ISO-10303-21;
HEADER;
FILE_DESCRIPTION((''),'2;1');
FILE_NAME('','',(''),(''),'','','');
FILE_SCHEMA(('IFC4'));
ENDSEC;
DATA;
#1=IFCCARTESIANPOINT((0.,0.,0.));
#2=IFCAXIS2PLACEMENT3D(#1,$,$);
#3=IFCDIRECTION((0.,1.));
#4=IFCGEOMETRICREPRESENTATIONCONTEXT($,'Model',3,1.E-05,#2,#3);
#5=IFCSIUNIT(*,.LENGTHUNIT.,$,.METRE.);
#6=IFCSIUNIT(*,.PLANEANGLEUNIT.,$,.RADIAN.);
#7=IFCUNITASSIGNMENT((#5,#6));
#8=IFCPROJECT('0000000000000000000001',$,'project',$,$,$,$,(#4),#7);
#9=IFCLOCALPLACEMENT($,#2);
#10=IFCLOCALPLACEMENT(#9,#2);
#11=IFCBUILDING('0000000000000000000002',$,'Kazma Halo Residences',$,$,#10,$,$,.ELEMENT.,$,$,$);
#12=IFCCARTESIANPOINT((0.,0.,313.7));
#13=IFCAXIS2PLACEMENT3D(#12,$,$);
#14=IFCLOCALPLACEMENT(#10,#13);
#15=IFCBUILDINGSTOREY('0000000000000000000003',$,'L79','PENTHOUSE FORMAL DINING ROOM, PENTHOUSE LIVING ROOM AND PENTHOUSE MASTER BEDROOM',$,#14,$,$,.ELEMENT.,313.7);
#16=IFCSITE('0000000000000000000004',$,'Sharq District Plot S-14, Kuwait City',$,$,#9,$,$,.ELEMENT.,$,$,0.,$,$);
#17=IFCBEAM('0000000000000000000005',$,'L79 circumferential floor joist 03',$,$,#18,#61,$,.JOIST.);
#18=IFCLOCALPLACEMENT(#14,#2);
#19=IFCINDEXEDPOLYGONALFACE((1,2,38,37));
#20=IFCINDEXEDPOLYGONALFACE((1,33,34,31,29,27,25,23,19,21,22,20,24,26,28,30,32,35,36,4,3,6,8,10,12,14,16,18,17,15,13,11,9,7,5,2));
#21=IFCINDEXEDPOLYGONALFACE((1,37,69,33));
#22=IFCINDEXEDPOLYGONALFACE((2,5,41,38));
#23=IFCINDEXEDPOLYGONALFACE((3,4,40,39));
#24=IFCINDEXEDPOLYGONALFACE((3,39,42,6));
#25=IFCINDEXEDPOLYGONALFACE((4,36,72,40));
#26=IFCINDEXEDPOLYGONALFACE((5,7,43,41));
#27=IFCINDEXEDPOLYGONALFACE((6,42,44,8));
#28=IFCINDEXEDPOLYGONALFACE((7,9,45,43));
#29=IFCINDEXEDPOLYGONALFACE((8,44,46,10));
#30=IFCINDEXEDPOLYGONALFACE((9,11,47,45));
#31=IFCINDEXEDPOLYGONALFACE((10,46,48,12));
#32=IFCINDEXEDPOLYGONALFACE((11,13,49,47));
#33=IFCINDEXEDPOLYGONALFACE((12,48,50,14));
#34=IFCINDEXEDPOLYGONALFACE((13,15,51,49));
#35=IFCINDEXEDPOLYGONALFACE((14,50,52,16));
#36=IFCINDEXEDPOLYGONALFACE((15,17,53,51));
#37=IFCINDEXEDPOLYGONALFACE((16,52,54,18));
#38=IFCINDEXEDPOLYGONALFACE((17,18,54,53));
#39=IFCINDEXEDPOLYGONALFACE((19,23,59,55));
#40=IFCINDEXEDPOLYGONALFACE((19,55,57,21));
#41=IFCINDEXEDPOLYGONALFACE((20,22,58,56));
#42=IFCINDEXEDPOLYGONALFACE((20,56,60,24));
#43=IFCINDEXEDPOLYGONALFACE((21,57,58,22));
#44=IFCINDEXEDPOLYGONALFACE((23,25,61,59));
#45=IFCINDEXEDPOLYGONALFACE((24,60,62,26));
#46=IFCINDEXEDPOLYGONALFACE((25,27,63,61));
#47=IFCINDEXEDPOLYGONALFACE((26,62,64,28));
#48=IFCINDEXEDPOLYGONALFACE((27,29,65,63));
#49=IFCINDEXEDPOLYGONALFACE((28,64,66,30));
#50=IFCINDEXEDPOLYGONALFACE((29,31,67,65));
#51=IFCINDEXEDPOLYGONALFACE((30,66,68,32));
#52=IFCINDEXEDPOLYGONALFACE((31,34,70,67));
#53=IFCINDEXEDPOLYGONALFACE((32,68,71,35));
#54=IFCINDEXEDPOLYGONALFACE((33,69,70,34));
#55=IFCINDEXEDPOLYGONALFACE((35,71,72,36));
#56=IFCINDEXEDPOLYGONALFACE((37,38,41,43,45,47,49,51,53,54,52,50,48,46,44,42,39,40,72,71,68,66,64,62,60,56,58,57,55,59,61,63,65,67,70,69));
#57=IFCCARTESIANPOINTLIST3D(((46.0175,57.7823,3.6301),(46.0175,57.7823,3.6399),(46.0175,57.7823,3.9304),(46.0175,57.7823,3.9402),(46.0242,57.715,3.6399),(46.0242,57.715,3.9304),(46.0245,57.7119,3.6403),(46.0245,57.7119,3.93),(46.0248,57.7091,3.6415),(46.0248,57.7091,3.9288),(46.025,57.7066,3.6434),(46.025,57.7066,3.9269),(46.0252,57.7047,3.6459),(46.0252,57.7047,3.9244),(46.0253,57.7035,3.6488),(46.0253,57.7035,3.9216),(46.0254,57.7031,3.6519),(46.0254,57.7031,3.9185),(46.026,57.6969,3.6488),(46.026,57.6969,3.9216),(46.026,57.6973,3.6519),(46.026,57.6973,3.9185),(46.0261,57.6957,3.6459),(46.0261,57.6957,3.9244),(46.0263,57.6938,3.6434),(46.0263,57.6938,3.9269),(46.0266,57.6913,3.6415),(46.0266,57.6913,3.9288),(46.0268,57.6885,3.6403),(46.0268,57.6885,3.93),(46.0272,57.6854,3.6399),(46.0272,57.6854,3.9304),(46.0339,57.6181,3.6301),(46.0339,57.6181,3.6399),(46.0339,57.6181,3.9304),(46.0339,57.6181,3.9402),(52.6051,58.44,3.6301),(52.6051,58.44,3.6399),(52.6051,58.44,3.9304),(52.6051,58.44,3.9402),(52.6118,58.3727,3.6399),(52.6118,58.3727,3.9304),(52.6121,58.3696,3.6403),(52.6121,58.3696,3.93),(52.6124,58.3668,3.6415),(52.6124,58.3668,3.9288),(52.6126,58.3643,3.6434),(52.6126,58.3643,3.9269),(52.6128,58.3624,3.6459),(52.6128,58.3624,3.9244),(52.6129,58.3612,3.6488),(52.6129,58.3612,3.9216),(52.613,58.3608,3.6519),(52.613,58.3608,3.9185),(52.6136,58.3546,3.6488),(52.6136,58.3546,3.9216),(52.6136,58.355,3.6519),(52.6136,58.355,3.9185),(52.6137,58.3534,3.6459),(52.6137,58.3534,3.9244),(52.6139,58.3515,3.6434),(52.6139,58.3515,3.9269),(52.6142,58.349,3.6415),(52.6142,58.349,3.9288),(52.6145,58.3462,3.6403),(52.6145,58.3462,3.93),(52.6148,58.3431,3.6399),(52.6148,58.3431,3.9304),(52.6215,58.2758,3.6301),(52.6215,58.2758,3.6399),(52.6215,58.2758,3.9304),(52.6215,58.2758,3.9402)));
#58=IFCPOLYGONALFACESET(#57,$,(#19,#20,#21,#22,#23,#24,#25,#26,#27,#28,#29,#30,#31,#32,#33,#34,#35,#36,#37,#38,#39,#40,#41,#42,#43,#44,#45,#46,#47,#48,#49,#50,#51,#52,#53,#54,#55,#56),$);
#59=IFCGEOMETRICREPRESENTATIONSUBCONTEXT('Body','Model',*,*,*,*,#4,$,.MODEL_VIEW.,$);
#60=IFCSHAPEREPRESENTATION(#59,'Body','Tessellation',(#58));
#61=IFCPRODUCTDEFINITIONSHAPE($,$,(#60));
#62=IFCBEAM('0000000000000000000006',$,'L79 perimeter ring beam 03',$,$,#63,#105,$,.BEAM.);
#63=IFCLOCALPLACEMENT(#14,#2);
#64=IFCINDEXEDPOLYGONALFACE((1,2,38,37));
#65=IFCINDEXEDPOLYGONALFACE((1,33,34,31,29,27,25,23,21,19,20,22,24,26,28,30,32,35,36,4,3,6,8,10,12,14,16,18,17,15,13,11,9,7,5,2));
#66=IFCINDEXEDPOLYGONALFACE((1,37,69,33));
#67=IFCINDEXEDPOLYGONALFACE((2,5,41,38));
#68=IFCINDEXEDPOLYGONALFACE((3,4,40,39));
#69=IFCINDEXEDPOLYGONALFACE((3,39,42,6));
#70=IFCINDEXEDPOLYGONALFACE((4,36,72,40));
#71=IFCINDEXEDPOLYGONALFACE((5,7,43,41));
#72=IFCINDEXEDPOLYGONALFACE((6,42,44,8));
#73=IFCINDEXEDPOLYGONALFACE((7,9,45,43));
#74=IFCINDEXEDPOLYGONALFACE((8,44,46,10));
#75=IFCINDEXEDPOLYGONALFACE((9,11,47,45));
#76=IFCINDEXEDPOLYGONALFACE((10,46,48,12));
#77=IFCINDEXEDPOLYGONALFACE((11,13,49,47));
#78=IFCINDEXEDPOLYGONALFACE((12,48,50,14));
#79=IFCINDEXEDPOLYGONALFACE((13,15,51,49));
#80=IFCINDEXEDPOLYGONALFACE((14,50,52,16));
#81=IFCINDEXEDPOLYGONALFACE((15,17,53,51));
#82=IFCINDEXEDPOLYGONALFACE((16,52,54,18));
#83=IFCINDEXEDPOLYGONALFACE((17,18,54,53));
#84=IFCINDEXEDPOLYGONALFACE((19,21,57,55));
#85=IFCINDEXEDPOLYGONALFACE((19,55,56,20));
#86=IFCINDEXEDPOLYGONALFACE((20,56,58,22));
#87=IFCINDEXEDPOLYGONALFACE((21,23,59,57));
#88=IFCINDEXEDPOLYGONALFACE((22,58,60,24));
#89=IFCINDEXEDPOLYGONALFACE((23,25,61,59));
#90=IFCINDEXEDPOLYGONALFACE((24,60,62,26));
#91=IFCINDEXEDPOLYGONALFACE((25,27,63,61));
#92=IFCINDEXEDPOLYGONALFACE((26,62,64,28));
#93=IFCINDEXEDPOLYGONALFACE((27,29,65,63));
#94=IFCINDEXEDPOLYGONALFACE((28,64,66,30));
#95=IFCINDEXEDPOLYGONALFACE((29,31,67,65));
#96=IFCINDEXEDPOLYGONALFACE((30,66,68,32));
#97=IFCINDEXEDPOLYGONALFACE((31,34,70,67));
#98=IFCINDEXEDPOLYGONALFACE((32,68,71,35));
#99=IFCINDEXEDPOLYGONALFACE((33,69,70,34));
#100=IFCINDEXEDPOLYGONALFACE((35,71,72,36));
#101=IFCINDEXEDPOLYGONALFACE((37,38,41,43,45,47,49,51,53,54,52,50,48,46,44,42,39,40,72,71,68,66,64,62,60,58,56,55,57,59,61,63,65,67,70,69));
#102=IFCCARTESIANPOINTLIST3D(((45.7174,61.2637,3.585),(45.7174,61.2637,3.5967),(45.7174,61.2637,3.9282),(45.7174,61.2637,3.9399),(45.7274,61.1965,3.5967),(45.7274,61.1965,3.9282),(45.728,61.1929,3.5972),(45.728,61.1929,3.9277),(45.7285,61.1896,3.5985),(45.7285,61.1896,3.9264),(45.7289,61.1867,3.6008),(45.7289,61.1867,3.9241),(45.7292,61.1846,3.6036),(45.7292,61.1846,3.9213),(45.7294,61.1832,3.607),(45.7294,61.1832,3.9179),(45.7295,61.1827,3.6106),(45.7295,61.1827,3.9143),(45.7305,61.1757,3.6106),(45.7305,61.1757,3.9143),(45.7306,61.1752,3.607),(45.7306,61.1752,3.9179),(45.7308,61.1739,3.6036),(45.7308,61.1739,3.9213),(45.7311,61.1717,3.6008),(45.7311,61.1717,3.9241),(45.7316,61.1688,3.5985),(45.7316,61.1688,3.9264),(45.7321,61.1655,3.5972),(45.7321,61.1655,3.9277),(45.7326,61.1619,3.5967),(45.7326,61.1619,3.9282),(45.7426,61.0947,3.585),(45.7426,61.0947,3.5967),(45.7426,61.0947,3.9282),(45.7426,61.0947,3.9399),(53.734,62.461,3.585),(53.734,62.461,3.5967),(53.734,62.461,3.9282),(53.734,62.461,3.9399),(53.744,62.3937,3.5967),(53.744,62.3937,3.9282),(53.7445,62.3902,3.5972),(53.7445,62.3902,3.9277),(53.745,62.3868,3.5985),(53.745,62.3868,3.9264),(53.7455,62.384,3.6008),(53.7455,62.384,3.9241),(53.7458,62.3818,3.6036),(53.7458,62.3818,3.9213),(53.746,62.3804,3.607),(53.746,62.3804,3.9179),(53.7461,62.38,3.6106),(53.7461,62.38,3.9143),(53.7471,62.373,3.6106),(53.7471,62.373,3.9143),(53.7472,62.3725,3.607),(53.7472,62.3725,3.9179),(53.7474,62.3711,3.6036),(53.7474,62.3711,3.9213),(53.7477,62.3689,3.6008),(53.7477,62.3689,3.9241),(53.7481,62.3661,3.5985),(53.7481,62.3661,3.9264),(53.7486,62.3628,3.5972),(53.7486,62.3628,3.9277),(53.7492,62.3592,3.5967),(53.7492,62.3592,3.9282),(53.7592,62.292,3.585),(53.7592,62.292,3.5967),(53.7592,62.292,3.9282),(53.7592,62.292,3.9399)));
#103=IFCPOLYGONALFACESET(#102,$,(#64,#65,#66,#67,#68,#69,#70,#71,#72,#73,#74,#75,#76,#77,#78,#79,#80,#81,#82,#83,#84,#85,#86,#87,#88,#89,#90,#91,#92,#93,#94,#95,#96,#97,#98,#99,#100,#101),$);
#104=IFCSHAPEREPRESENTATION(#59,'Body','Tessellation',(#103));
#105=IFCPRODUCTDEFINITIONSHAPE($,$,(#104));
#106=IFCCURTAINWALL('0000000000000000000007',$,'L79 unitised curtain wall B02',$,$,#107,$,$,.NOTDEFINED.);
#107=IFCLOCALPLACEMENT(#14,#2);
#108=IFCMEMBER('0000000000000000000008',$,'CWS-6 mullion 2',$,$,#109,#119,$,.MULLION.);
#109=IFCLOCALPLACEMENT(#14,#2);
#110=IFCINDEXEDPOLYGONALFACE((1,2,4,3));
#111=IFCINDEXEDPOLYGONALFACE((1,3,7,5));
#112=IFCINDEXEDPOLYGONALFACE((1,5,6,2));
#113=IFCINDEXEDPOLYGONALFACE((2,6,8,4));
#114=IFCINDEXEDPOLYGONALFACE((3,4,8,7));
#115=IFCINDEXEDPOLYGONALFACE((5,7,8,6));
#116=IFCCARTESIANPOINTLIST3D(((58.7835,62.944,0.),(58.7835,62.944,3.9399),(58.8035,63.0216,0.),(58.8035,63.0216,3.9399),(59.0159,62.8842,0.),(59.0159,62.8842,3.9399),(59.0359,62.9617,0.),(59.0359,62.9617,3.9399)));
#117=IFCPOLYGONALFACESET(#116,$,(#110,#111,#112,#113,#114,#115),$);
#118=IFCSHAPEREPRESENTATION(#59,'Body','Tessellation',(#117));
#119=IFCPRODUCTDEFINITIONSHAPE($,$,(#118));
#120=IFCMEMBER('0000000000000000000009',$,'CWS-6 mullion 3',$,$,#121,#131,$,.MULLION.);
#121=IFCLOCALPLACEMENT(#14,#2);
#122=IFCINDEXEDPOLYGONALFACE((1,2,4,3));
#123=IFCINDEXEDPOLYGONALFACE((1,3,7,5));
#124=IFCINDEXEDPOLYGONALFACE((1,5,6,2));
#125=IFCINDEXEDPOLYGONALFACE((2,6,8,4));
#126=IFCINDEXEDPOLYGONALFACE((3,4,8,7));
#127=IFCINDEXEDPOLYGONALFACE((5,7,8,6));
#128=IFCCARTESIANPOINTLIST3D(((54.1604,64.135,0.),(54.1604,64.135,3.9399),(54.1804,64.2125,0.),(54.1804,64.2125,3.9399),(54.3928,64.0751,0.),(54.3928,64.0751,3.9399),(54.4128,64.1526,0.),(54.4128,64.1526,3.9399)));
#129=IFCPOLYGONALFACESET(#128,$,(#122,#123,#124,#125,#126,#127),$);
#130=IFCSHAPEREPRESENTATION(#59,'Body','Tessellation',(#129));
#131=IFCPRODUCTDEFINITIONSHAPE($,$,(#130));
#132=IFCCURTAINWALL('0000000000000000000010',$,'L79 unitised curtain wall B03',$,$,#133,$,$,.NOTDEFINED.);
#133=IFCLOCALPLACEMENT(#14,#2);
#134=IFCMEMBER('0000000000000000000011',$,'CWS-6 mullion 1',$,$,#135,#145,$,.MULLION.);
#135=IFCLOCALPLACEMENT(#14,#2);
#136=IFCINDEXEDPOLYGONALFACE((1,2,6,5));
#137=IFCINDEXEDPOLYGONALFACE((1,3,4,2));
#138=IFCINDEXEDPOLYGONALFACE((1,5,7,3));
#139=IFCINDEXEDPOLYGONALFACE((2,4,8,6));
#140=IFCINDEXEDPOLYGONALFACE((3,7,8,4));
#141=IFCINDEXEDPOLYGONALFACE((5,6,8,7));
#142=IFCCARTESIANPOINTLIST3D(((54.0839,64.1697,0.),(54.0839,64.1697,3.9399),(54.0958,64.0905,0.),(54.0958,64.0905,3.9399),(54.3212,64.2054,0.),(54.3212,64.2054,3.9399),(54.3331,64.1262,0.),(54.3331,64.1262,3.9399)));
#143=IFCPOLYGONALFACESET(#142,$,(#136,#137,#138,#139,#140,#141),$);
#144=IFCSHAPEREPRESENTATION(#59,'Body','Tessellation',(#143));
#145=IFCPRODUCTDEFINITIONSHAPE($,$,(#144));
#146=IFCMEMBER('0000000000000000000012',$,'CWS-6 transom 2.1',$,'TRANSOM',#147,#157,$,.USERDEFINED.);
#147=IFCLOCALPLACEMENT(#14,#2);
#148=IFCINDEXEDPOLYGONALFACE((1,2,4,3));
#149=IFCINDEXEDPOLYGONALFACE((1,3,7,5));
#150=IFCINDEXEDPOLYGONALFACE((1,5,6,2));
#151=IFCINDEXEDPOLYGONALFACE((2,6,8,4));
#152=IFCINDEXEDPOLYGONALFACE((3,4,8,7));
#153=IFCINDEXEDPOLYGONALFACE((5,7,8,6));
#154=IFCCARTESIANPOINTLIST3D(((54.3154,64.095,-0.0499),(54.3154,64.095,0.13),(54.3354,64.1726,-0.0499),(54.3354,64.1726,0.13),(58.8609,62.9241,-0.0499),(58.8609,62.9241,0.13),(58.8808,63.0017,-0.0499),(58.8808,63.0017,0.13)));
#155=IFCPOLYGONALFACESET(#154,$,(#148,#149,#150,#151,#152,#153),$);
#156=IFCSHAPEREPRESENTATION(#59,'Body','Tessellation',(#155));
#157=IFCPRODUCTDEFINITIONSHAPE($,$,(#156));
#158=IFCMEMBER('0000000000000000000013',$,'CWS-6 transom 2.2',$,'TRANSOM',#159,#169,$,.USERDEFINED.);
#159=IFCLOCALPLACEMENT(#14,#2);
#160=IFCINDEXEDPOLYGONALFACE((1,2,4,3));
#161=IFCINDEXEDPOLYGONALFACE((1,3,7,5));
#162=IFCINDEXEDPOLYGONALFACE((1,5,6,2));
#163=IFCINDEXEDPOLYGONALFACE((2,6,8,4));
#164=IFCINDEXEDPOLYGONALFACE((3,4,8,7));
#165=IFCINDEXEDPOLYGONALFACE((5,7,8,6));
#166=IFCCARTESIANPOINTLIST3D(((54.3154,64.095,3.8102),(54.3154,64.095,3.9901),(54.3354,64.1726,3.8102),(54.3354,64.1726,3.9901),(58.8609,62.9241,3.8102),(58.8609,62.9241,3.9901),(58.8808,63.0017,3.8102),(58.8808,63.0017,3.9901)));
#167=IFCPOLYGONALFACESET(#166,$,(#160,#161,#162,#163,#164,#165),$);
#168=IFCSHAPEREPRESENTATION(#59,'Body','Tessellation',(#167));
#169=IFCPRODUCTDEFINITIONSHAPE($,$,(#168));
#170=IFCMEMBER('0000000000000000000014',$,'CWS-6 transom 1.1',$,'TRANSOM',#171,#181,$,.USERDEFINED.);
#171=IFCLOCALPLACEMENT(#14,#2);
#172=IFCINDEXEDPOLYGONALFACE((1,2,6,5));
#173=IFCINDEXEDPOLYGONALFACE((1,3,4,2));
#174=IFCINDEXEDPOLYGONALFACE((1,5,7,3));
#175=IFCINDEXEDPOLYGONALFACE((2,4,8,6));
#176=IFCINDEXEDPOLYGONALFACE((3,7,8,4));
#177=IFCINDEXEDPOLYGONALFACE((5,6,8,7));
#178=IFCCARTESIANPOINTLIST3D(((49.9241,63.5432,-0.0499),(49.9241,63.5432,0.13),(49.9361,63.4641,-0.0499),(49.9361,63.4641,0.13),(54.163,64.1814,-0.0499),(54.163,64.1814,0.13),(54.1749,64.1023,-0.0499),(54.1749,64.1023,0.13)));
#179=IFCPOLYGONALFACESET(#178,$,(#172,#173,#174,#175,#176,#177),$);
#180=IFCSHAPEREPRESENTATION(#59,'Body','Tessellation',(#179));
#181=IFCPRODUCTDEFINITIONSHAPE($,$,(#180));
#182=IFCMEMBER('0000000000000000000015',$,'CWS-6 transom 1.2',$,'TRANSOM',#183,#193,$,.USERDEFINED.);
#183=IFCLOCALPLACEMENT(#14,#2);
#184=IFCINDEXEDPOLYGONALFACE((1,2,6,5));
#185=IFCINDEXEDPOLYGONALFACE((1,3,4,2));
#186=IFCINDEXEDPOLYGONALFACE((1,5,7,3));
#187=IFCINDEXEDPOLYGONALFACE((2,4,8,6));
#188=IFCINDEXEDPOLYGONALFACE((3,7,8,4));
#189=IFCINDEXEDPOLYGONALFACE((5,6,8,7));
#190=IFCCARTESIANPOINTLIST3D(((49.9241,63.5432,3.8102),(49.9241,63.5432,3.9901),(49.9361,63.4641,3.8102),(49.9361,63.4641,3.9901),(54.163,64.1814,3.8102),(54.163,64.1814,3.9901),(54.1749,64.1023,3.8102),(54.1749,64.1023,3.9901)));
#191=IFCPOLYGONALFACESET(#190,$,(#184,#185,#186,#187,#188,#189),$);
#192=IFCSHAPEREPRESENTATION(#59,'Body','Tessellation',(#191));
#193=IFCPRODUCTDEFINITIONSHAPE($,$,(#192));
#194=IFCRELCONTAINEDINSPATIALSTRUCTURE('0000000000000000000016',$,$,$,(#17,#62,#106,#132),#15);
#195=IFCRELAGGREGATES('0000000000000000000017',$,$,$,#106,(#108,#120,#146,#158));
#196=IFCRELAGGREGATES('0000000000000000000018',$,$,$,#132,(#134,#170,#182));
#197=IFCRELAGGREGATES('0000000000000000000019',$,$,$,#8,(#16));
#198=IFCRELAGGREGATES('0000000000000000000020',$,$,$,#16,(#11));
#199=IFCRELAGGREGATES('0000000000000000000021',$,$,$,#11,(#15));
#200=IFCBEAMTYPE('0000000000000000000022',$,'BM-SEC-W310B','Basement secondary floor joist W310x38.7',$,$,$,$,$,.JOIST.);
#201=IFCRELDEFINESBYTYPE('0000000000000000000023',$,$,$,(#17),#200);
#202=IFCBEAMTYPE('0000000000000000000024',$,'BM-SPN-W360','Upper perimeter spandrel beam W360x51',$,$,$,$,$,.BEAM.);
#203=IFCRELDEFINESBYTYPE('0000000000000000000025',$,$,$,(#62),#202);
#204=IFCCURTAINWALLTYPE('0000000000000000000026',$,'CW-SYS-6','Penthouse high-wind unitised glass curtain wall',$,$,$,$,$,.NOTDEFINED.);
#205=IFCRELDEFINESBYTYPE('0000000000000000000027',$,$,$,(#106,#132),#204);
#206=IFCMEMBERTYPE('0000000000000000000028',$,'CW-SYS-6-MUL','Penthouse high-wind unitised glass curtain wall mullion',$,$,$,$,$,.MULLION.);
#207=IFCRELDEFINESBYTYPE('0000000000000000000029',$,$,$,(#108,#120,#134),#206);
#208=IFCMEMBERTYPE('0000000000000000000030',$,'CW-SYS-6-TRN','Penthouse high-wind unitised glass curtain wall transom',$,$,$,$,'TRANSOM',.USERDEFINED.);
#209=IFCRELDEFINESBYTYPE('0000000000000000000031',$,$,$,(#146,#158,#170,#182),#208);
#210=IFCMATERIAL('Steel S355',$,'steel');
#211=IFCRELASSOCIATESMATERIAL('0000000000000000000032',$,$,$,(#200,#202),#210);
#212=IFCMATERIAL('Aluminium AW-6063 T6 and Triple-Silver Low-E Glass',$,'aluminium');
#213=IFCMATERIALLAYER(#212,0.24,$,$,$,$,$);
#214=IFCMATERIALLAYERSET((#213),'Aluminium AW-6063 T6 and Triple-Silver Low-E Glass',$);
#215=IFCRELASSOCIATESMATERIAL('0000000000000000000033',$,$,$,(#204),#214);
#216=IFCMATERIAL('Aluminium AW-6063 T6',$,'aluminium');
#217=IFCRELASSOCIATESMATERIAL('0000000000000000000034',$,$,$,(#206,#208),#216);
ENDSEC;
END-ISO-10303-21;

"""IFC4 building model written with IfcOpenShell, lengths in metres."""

from ifc_helpers import new_model, si_unit, direction, frame, origin, origin_2d, place, context, subcontext, project, spatial, rectangle, i_section, extrude, material, layer, layer_set, material_profile, profile_set, type_object, element, aggregate, save


model = new_model("IFC4")

# Units and contexts
model_context = context("Model", 3, precision=1e-05, world=origin(), true_north=direction((0.0, 1.0)))
body_context = subcontext(model_context, "Body", "Model", "MODEL_VIEW")
ifc_project = project(units=[si_unit("LENGTHUNIT", "METRE"), si_unit("PLANEANGLEUNIT", "RADIAN")], contexts=[model_context])

# Site, building, storey
site_placement = place(None, origin())
site = spatial("IfcSite", under=ifc_project, at=site_placement, Name="Sharq District Plot S-14, Kuwait City", CompositionType="ELEMENT", RefElevation=0.0)
building_placement = place(site_placement, origin())
building = spatial("IfcBuilding", under=site, at=building_placement, Name="Kazma Halo Residences", CompositionType="ELEMENT")
storey_placement = place(building_placement, frame((0.0, 0.0, 313.7)))
storey = spatial("IfcBuildingStorey", under=building, at=storey_placement, Name="L79", Description="PENTHOUSE FORMAL DINING ROOM, PENTHOUSE LIVING ROOM AND PENTHOUSE MASTER BEDROOM", CompositionType="ELEMENT", Elevation=313.7)

# Beams
ifc_material_1 = material(Name="Steel S355", Category="steel")
ifc_material_profile_1 = material_profile(ifc_material_1, i_section(OverallWidth=0.165, OverallDepth=0.3101, WebThickness=0.0059, FlangeThickness=0.0098, FilletRadius=0.012, at=origin_2d()), Name="W310x38.7")
ifc_profile_set_1 = profile_set([ifc_material_profile_1], Name="Steel S355")
beam_type_1 = type_object("IfcBeamType", Name="BM-SEC-W310B", Description="Basement secondary floor joist W310x38.7", PredefinedType="JOIST", material=ifc_profile_set_1)
beam_1_placement = place(storey_placement, frame((52.6133, 58.3579, 3.7852), z_axis=(-0.995053, -0.099347, 0.0), x_axis=(0.099347, -0.995053, 0.0)))
element("IfcBeam", 1, at=beam_1_placement, inside=storey, type_object=beam_type_1, Name="L79 circumferential floor joist 03", PredefinedType="JOIST", context=body_context, shape_type="SweptSolid", body=[
    extrude(i_section(OverallWidth=0.165, OverallDepth=0.3101, WebThickness=0.0059, FlangeThickness=0.0098, FilletRadius=0.012, at=origin_2d()), origin(), (0.0, 0.0, 1.0), 6.6204),
])
ifc_material_profile_2 = material_profile(ifc_material_1, i_section(OverallWidth=0.1709, OverallDepth=0.355, WebThickness=0.0071, FlangeThickness=0.0117, FilletRadius=0.0139, at=origin_2d()), Name="W360x51")
ifc_profile_set_2 = profile_set([ifc_material_profile_2], Name="Steel S355")
beam_type_2 = type_object("IfcBeamType", Name="BM-SPN-W360", Description="Upper perimeter spandrel beam W360x51", PredefinedType="BEAM", material=ifc_profile_set_2)
beam_2_placement = place(storey_placement, frame((53.7466, 62.3765, 3.7625), z_axis=(-0.989031, -0.14771, 0.0), x_axis=(0.14771, -0.989031, 0.0)))
element("IfcBeam", 2, at=beam_2_placement, inside=storey, type_object=beam_type_2, Name="L79 perimeter ring beam 03", PredefinedType="BEAM", context=body_context, shape_type="SweptSolid", body=[
    extrude(i_section(OverallWidth=0.1709, OverallDepth=0.355, WebThickness=0.0071, FlangeThickness=0.0117, FilletRadius=0.0139, at=origin_2d()), origin(), (0.0, 0.0, 1.0), 8.1055),
])

# Curtain wall, members
ifc_material_2 = material(Name="Aluminium AW-6063 T6 and Triple-Silver Low-E Glass", Category="aluminium")
ifc_layer_1 = layer(ifc_material_2, 0.24)
ifc_layer_set_1 = layer_set([ifc_layer_1], Name="Aluminium AW-6063 T6 and Triple-Silver Low-E Glass")
curtain_wall_type = type_object("IfcCurtainWallType", Name="CW-SYS-6", Description="Penthouse high-wind unitised glass curtain wall", PredefinedType="NOTDEFINED", material=ifc_layer_set_1)
curtain_wall_1_placement = place(storey_placement, origin())
curtain_wall_1 = element("IfcCurtainWall", 3, at=curtain_wall_1_placement, inside=storey, type_object=curtain_wall_type, Name="L79 unitised curtain wall B02", PredefinedType="NOTDEFINED")
ifc_material_3 = material(Name="Aluminium AW-6063 T6", Category="aluminium")
ifc_material_profile_3 = material_profile(ifc_material_3, rectangle(XDim=0.0801, YDim=0.24, at=origin_2d()), Name="CWM-80x240")
ifc_profile_set_3 = profile_set([ifc_material_profile_3], Name="Aluminium AW-6063 T6")
member_type_1 = type_object("IfcMemberType", Name="CW-SYS-6-MUL", Description="Penthouse high-wind unitised glass curtain wall mullion", PredefinedType="MULLION", material=ifc_profile_set_3)
member_1_placement = place(storey_placement, frame((58.9097, 62.9529, 0.0), z_axis=(0.0, 0.0, 1.0), x_axis=(-0.249446, -0.968389, 0.0)))
member_1 = element("IfcMember", 4, at=member_1_placement, type_object=member_type_1, Name="CWS-6 mullion 2", PredefinedType="MULLION", context=body_context, shape_type="SweptSolid", body=[
    extrude(rectangle(XDim=0.0801, YDim=0.24, at=origin_2d()), origin(), (0.0, 0.0, 1.0), 3.9399),
])
member_2_placement = place(storey_placement, frame((54.2866, 64.1438, 0.0), z_axis=(0.0, 0.0, 1.0), x_axis=(-0.249446, -0.968389, 0.0)))
member_2 = element("IfcMember", 5, at=member_2_placement, type_object=member_type_1, Name="CWS-6 mullion 3", PredefinedType="MULLION", context=body_context, shape_type="SweptSolid", body=[
    extrude(rectangle(XDim=0.0801, YDim=0.24, at=origin_2d()), origin(), (0.0, 0.0, 1.0), 3.9399),
])

# Curtain wall, member
curtain_wall_2_placement = place(storey_placement, origin())
curtain_wall_2 = element("IfcCurtainWall", 6, at=curtain_wall_2_placement, inside=storey, type_object=curtain_wall_type, Name="L79 unitised curtain wall B03", PredefinedType="NOTDEFINED")
member_3_placement = place(storey_placement, frame((54.2085, 64.1479, 0.0), z_axis=(0.0, 0.0, 1.0), x_axis=(0.148871, -0.988857, 0.0)))
member_3 = element("IfcMember", 7, at=member_3_placement, type_object=member_type_1, Name="CWS-6 mullion 1", PredefinedType="MULLION", context=body_context, shape_type="SweptSolid", body=[
    extrude(rectangle(XDim=0.0801, YDim=0.24, at=origin_2d()), origin(), (0.0, 0.0, 1.0), 3.9399),
])

# Members
ifc_material_profile_4 = material_profile(ifc_material_3, rectangle(XDim=0.0801, YDim=0.1799, at=origin_2d()), Name="CWT-80x180")
ifc_profile_set_4 = profile_set([ifc_material_profile_4], Name="Aluminium AW-6063 T6")
member_type_2 = type_object("IfcMemberType", Name="CW-SYS-6-TRN", Description="Penthouse high-wind unitised glass curtain wall transom", ElementType="TRANSOM", PredefinedType="USERDEFINED", material=ifc_profile_set_4)
member_4_placement = place(storey_placement, frame((58.8708, 62.9629, 0.04), z_axis=(-0.968386, 0.249456, 0.0), x_axis=(-0.249456, -0.968386, 0.0)))
member_4 = element("IfcMember", 8, at=member_4_placement, type_object=member_type_2, Name="CWS-6 transom 2.1", ObjectType="TRANSOM", PredefinedType="USERDEFINED", context=body_context, shape_type="SweptSolid", body=[
    extrude(rectangle(XDim=0.0801, YDim=0.1799, at=origin_2d()), origin(), (0.0, 0.0, 1.0), 4.6938),
])
member_5_placement = place(storey_placement, frame((58.8708, 62.9629, 3.9001), z_axis=(-0.968386, 0.249456, 0.0), x_axis=(-0.249456, -0.968386, 0.0)))
member_5 = element("IfcMember", 9, at=member_5_placement, type_object=member_type_2, Name="CWS-6 transom 2.2", ObjectType="TRANSOM", PredefinedType="USERDEFINED", context=body_context, shape_type="SweptSolid", body=[
    extrude(rectangle(XDim=0.0801, YDim=0.1799, at=origin_2d()), origin(), (0.0, 0.0, 1.0), 4.6938),
])
member_6_placement = place(storey_placement, frame((54.1689, 64.1418, 0.04), z_axis=(-0.988855, -0.148881, 0.0), x_axis=(0.148881, -0.988855, 0.0)))
member_6 = element("IfcMember", 10, at=member_6_placement, type_object=member_type_2, Name="CWS-6 transom 1.1", ObjectType="TRANSOM", PredefinedType="USERDEFINED", context=body_context, shape_type="SweptSolid", body=[
    extrude(rectangle(XDim=0.0801, YDim=0.1799, at=origin_2d()), origin(), (0.0, 0.0, 1.0), 4.2866),
])
member_7_placement = place(storey_placement, frame((54.1689, 64.1418, 3.9001), z_axis=(-0.988855, -0.148881, 0.0), x_axis=(0.148881, -0.988855, 0.0)))
member_7 = element("IfcMember", 11, at=member_7_placement, type_object=member_type_2, Name="CWS-6 transom 1.2", ObjectType="TRANSOM", PredefinedType="USERDEFINED", context=body_context, shape_type="SweptSolid", body=[
    extrude(rectangle(XDim=0.0801, YDim=0.1799, at=origin_2d()), origin(), (0.0, 0.0, 1.0), 4.2866),
])

aggregate(curtain_wall_1, [member_1, member_2, member_4, member_5])
aggregate(curtain_wall_2, [member_3, member_6, member_7])

save(model, "model.ifc")
